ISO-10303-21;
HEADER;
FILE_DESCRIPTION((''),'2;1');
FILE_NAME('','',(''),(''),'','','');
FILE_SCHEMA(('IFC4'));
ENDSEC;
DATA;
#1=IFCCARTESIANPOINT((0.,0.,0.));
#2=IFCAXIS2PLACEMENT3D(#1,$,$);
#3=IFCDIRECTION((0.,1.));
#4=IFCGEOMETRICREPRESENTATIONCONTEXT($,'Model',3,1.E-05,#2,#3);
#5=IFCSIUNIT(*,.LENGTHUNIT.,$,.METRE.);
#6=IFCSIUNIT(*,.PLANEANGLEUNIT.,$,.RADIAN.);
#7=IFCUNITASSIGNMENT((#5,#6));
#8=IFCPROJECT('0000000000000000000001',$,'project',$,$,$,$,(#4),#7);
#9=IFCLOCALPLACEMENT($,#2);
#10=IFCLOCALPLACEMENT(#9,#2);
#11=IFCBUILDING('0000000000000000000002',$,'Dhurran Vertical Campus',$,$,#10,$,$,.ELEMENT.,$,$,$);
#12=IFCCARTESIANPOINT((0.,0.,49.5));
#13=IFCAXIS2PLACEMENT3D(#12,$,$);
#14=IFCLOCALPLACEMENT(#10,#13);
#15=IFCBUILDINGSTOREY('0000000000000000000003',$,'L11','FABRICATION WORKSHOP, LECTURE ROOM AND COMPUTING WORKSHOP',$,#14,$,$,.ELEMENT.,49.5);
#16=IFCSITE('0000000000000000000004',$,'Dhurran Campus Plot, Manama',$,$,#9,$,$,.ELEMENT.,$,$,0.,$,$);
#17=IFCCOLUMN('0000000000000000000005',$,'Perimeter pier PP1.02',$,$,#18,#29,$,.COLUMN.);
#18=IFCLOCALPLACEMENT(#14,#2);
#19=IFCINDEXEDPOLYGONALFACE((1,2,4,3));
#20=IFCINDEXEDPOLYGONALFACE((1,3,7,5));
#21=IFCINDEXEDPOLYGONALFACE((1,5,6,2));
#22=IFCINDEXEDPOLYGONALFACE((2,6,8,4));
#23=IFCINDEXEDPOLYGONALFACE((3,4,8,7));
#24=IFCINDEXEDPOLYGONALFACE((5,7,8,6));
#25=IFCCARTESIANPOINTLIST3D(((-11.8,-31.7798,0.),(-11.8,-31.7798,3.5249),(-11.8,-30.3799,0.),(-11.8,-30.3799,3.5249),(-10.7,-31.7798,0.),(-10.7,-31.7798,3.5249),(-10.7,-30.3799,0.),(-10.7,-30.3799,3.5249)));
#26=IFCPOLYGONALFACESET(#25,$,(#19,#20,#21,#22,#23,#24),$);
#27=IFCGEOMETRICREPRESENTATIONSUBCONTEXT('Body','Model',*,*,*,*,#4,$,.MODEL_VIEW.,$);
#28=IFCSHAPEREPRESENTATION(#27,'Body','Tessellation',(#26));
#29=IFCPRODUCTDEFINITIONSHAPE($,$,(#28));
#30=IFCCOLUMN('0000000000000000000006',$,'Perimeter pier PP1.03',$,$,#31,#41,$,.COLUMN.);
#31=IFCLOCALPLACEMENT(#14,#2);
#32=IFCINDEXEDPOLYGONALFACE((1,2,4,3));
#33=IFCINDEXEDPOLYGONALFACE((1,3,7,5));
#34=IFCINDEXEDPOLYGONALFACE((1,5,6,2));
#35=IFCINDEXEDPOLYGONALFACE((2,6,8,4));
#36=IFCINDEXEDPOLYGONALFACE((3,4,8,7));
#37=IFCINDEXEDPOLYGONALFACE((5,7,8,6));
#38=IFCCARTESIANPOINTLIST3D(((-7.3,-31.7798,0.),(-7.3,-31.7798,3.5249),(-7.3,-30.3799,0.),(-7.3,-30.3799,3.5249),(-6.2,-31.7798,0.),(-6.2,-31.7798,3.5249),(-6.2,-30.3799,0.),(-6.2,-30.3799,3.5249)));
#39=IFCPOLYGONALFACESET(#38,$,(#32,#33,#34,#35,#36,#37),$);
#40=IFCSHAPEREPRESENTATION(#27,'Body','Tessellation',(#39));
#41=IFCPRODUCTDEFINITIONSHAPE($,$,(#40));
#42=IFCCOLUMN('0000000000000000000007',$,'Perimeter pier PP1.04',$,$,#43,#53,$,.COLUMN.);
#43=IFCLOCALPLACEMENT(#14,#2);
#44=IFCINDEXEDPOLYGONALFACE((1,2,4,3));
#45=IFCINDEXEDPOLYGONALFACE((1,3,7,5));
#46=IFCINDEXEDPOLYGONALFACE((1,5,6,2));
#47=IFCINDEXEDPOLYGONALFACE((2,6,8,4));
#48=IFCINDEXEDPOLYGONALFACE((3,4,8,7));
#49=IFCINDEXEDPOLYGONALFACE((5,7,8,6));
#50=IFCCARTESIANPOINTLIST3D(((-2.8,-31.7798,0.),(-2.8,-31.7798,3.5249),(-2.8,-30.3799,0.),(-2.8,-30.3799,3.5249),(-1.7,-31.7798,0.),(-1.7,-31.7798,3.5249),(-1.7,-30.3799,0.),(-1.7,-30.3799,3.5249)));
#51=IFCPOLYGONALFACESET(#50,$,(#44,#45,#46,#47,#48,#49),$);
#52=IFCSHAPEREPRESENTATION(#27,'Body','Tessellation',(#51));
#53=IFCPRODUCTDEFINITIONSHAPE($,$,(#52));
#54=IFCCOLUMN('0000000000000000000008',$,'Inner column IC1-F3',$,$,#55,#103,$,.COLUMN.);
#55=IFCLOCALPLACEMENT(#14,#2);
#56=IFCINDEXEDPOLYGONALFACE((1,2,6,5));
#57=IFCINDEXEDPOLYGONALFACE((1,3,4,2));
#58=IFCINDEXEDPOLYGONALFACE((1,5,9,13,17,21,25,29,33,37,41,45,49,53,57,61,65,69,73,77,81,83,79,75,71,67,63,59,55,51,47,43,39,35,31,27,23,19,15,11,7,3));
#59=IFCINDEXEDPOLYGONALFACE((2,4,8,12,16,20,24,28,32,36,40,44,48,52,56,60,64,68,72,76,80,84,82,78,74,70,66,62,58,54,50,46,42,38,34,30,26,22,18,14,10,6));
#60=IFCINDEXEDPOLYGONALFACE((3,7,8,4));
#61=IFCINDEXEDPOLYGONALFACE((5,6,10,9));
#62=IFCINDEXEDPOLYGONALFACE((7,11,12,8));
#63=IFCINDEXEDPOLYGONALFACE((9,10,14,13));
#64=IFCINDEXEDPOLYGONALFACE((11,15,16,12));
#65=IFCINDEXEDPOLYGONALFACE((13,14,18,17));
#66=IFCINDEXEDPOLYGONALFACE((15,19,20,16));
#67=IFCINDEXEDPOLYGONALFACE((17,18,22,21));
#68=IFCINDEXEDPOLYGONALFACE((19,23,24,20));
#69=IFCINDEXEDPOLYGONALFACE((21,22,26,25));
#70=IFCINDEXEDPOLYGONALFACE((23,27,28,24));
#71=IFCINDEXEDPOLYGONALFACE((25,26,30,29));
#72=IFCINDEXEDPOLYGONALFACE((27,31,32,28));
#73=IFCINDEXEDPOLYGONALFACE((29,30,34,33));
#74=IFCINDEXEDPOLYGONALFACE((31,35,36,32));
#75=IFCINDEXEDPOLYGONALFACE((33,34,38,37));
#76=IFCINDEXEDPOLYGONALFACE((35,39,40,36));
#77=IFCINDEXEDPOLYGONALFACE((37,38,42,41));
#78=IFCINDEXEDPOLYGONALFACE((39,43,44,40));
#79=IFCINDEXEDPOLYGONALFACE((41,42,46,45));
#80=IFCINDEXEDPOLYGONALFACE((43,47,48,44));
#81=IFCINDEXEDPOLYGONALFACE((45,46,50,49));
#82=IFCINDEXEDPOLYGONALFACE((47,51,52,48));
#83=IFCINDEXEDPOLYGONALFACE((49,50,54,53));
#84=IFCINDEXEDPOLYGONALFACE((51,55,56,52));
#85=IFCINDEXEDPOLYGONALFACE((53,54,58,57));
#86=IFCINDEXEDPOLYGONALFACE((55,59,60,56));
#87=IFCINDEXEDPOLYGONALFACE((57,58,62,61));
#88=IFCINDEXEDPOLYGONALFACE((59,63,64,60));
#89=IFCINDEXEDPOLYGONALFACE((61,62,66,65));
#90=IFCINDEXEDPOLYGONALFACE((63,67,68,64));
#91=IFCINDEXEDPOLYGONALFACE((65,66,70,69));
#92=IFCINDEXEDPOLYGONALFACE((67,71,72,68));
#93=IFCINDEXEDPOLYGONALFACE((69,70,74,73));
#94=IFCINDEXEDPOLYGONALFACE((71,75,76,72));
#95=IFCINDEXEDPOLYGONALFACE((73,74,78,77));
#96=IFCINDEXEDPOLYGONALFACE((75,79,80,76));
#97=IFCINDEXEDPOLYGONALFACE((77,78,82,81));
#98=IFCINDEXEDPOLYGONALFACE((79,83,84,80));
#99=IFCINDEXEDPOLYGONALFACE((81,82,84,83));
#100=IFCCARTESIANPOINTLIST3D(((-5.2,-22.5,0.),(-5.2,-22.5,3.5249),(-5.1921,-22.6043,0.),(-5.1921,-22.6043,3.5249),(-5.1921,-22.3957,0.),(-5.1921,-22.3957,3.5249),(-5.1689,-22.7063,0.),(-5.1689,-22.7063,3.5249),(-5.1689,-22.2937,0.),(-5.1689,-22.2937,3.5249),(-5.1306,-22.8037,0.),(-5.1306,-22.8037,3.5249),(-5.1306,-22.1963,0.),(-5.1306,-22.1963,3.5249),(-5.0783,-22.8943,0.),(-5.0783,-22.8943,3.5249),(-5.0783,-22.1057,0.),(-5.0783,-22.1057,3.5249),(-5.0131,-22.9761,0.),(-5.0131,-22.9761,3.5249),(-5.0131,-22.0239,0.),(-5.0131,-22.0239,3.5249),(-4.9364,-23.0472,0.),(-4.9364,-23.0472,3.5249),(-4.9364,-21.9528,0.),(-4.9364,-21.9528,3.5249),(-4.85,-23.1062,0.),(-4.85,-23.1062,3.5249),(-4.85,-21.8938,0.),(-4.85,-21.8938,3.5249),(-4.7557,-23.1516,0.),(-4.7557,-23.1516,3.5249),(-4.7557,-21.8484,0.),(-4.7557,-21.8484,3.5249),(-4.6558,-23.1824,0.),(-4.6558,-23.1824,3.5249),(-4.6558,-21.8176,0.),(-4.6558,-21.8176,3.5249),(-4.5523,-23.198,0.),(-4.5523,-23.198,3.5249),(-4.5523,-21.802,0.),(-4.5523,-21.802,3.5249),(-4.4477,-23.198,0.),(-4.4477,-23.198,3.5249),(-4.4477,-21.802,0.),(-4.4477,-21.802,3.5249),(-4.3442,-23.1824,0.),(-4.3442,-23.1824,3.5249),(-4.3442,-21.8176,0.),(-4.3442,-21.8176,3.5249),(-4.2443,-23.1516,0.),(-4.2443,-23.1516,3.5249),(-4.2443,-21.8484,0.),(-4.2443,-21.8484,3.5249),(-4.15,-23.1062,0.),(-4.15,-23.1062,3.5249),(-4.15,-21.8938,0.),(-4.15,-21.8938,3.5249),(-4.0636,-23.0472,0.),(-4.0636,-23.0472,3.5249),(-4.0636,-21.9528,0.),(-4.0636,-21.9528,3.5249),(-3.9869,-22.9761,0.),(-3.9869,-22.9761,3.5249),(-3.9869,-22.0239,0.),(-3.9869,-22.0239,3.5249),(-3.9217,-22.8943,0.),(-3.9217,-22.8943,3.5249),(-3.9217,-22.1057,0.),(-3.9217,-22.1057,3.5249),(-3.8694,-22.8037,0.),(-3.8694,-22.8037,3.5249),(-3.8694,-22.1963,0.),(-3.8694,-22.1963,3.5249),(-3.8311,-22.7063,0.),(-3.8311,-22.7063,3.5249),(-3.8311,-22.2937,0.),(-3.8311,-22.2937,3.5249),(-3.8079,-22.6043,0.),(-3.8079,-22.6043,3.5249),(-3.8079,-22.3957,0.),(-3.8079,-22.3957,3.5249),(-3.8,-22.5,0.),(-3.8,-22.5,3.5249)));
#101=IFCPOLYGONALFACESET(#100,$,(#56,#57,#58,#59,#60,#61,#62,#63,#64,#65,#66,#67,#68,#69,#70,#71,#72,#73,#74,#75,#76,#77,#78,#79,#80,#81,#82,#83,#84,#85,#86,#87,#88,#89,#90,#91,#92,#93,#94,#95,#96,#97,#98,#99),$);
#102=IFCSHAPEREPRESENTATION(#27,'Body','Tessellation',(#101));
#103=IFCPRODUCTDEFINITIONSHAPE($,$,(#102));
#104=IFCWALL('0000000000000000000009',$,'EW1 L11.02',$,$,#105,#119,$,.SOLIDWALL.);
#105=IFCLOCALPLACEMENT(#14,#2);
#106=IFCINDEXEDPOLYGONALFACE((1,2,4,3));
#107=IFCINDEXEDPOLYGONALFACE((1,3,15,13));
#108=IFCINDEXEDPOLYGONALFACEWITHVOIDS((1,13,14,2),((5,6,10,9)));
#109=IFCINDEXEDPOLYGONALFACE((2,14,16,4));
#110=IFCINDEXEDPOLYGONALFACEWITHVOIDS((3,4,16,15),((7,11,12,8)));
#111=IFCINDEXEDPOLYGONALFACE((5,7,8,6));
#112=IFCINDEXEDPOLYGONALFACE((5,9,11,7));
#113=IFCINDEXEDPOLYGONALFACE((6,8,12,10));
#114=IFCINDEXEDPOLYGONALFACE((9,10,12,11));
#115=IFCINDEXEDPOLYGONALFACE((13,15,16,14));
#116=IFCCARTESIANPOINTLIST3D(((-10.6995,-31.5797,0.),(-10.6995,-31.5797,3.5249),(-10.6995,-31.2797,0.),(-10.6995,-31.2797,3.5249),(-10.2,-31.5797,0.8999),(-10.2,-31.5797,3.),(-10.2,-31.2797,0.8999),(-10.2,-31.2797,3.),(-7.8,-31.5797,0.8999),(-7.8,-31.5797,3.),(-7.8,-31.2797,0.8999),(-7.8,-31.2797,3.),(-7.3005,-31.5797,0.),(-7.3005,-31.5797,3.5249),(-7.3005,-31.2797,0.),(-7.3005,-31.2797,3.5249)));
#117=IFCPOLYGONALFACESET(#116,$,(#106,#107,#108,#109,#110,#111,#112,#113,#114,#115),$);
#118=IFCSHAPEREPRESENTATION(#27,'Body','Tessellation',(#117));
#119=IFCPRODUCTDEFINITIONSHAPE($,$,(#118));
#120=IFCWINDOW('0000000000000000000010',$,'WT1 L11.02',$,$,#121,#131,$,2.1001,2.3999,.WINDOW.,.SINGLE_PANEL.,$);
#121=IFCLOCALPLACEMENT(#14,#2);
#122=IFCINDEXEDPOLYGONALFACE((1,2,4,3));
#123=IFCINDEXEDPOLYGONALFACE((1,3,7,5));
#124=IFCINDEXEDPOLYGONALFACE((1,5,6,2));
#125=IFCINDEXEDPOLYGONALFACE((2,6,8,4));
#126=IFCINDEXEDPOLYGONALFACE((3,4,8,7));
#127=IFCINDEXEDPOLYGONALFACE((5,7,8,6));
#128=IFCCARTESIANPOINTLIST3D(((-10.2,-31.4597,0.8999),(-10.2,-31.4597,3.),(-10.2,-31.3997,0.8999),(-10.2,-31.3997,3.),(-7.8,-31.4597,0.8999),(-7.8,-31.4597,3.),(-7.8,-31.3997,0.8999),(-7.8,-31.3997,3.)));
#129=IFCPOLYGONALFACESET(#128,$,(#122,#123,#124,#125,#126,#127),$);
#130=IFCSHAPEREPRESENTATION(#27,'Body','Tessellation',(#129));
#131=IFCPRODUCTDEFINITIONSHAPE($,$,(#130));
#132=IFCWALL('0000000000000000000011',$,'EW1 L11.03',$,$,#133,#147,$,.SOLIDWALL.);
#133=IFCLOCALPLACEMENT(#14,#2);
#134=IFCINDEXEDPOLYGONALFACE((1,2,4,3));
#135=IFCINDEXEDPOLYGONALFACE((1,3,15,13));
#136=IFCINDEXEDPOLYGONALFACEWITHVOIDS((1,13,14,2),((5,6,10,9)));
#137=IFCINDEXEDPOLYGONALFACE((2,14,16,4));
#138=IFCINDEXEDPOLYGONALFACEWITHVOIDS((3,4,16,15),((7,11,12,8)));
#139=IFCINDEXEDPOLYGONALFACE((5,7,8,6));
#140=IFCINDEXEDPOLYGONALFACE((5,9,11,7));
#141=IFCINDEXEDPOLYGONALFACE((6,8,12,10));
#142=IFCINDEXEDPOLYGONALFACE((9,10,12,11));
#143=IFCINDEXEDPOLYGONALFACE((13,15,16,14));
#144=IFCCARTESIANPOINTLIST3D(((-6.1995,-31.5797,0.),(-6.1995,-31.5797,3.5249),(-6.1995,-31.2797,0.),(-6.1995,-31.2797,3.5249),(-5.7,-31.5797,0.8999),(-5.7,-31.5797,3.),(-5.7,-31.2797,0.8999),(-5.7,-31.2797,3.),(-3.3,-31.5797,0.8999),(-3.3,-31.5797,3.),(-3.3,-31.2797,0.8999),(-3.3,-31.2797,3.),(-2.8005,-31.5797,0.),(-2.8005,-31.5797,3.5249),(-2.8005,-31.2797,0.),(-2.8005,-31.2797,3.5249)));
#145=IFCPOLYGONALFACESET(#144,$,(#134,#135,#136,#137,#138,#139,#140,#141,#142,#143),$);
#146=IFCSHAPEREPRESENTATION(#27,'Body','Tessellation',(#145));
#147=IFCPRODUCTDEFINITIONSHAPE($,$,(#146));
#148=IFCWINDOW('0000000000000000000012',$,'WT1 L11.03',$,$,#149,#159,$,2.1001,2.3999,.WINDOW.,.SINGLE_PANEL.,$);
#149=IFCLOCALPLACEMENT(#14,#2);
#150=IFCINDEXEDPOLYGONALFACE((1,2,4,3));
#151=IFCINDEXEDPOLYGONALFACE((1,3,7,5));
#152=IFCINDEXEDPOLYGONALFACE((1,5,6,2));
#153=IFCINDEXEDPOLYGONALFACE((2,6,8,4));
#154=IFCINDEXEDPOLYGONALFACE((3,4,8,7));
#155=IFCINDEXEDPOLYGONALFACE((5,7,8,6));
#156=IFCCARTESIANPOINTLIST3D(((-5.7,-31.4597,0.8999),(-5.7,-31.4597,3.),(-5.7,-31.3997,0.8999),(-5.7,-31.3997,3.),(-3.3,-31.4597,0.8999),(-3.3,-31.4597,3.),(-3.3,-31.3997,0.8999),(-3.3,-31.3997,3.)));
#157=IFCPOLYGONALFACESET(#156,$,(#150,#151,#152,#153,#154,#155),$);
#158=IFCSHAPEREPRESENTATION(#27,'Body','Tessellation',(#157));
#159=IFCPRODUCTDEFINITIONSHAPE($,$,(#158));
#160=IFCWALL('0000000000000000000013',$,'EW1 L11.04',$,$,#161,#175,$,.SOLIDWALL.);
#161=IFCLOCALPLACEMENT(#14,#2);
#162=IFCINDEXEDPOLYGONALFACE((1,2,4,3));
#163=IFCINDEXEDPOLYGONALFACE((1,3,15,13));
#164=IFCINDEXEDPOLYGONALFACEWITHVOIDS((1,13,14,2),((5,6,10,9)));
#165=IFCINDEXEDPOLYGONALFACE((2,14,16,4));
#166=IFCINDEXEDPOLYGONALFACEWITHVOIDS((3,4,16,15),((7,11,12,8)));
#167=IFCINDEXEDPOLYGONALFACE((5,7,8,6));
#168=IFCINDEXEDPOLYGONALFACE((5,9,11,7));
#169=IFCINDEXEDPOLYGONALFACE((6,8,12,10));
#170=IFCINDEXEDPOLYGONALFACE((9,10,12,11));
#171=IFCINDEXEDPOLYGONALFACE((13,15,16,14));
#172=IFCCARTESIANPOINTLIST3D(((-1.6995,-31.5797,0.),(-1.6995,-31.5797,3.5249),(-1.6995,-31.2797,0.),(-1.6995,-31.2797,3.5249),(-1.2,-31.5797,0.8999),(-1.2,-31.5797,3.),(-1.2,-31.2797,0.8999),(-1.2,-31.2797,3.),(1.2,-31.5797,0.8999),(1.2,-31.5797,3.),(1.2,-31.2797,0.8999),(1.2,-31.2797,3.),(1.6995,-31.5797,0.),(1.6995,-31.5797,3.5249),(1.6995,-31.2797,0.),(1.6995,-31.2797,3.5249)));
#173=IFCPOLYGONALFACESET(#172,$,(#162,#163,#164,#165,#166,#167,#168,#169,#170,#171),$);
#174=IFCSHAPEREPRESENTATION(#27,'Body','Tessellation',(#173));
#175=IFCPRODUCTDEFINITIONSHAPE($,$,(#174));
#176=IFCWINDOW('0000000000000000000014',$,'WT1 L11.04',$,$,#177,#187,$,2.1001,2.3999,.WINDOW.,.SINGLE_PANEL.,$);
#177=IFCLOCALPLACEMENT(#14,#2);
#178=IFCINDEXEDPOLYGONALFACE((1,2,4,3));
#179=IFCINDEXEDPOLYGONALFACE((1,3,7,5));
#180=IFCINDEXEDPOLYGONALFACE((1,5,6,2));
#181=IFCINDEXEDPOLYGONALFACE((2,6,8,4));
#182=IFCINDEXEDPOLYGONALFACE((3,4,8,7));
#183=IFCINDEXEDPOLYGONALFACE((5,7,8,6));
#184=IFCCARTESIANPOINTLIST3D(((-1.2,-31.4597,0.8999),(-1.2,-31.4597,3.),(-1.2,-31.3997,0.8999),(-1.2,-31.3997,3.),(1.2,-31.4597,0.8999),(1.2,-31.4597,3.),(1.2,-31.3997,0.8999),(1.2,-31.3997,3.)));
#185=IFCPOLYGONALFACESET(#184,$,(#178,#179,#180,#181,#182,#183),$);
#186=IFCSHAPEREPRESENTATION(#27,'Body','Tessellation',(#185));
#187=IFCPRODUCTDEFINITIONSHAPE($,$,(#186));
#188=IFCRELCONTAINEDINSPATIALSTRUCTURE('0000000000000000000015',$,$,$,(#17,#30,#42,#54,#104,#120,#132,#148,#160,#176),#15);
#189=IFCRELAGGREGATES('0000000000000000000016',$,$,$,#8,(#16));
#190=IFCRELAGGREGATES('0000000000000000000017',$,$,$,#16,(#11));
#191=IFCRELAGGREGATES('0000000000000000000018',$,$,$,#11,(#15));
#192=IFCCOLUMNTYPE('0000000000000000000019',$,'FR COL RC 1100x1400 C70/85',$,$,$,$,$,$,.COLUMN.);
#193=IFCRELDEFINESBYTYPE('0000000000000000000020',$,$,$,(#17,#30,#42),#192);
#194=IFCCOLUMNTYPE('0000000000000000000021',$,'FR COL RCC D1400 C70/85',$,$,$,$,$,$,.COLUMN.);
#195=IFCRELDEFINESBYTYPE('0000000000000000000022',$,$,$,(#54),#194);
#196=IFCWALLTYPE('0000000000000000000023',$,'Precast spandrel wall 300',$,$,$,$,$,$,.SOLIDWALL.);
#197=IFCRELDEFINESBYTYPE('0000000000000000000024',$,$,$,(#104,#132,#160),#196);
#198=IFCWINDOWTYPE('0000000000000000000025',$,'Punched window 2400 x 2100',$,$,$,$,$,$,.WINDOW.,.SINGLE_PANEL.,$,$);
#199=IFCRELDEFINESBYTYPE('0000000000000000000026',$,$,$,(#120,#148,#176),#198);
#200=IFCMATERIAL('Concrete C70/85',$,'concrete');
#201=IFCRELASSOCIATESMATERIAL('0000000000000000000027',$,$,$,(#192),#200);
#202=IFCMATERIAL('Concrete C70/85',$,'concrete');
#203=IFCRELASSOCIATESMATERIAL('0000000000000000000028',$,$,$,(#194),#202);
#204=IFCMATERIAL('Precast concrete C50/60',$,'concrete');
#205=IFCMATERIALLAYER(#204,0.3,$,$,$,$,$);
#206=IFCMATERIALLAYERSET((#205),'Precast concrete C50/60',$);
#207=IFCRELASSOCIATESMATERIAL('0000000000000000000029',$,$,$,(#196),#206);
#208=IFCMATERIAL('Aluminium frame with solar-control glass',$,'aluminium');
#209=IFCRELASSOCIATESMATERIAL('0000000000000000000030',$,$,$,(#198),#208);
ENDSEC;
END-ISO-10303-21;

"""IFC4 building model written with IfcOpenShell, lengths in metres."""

from ifc_helpers import new_model, si_unit, direction, frame, frame_2d, origin, origin_2d, place, context, subcontext, project, spatial, rectangle, circle, extrude, material, layer, layer_set, material_profile, profile_set, type_object, element, fill, save


model = new_model("IFC4")

# Units and contexts
model_context = context("Model", 3, precision=1e-05, world=origin(), true_north=direction((0.0, 1.0)))
body_context = subcontext(model_context, "Body", "Model", "MODEL_VIEW")
ifc_project = project(units=[si_unit("LENGTHUNIT", "METRE"), si_unit("PLANEANGLEUNIT", "RADIAN")], contexts=[model_context])

# Site, building, storey
site_placement = place(None, origin())
site = spatial("IfcSite", under=ifc_project, at=site_placement, Name="Dhurran Campus Plot, Manama", CompositionType="ELEMENT", RefElevation=0.0)
building_placement = place(site_placement, origin())
building = spatial("IfcBuilding", under=site, at=building_placement, Name="Dhurran Vertical Campus", CompositionType="ELEMENT")
storey_placement = place(building_placement, frame((0.0, 0.0, 49.5)))
storey = spatial("IfcBuildingStorey", under=building, at=storey_placement, Name="L11", Description="FABRICATION WORKSHOP, LECTURE ROOM AND COMPUTING WORKSHOP", CompositionType="ELEMENT", Elevation=49.5)

# Columns
ifc_material_1 = material(Name="Concrete C70/85", Category="concrete")
ifc_material_profile_1 = material_profile(ifc_material_1, rectangle(XDim=1.1001, YDim=1.3999, at=origin_2d()), Name="RC 1100x1400")
ifc_profile_set_1 = profile_set([ifc_material_profile_1], Name="Concrete C70/85")
column_type_1 = type_object("IfcColumnType", Name="FR COL RC 1100x1400 C70/85", PredefinedType="COLUMN", material=ifc_profile_set_1)
for number, where, z_axis, x_axis, name in (
    (1, (-11.25, -31.0798, 0.0), (0.0, 0.0, 1.0), (1.0, 0.0, 0.0), "Perimeter pier PP1.02"),
    (2, (-6.75, -31.0798, 0.0), (0.0, 0.0, 1.0), (1.0, 0.0, 0.0), "Perimeter pier PP1.03"),
    (3, (-2.25, -31.0798, 0.0), (0.0, 0.0, 1.0), (1.0, 0.0, 0.0), "Perimeter pier PP1.04"),
):
    element("IfcColumn", number, at=place(storey_placement, frame(where, z_axis=z_axis, x_axis=x_axis)), inside=storey, type_object=column_type_1, Name=name, PredefinedType="COLUMN", context=body_context, shape_type="SweptSolid", body=[
        extrude(rectangle(XDim=1.1001, YDim=1.3999, at=origin_2d()), origin(), (0.0, 0.0, 1.0), 3.5249),
    ])
ifc_material_2 = material(Name="Concrete C70/85", Category="concrete")
ifc_material_profile_2 = material_profile(ifc_material_2, circle(Radius=0.7, at=origin_2d()), Name="RCC D1400")
ifc_profile_set_2 = profile_set([ifc_material_profile_2], Name="Concrete C70/85")
column_type_2 = type_object("IfcColumnType", Name="FR COL RCC D1400 C70/85", PredefinedType="COLUMN", material=ifc_profile_set_2)
column_placement = place(storey_placement, frame((-4.5, -22.5, 0.0), z_axis=(0.0, 0.0, 1.0), x_axis=(1.0, 0.0, 0.0)))
element("IfcColumn", 4, at=column_placement, inside=storey, type_object=column_type_2, Name="Inner column IC1-F3", PredefinedType="COLUMN", context=body_context, shape_type="SweptSolid", body=[
    extrude(circle(Radius=0.7, at=origin_2d()), origin(), (0.0, 0.0, 1.0), 3.5249),
])

# Walls, openings, windows
ifc_material_3 = material(Name="Precast concrete C50/60", Category="concrete")
ifc_layer_1 = layer(ifc_material_3, 0.3)
ifc_layer_set_1 = layer_set([ifc_layer_1], Name="Precast concrete C50/60")
wall_type_1 = type_object("IfcWallType", Name="Precast spandrel wall 300", PredefinedType="SOLIDWALL", material=ifc_layer_set_1)
wall_1_placement = place(storey_placement, frame((-10.6995, -31.4297, 0.0), z_axis=(0.0, 0.0, 1.0), x_axis=(1.0, 0.0, 0.0)))
wall_1 = element("IfcWall", 5, at=wall_1_placement, inside=storey, type_object=wall_type_1, Name="EW1 L11.02", PredefinedType="SOLIDWALL", context=body_context, shape_type="SweptSolid", body=[
    extrude(rectangle(XDim=3.3989, YDim=0.3, at=frame_2d((1.6995, 0.0))), origin(), (0.0, 0.0, 1.0), 3.5249),
])
opening_1_placement = place(wall_1_placement, frame((0.4995, 0.0, 0.8999)))
opening_1 = element("IfcOpeningElement", 6, at=opening_1_placement, cuts=wall_1, PredefinedType="OPENING", context=body_context, shape_type="SweptSolid", body=[
    extrude(rectangle(XDim=2.3999, YDim=2.1001, at=frame_2d((1.2, 1.05))), frame((0.0, 0.1599, 0.0), z_axis=(0.0, -1.0, 0.0), x_axis=(1.0, 0.0, 0.0)), (0.0, 0.0, 1.0), 0.3201),
])
ifc_material_4 = material(Name="Aluminium frame with solar-control glass", Category="aluminium")
window_type = type_object("IfcWindowType", Name="Punched window 2400 x 2100", PartitioningType="SINGLE_PANEL", PredefinedType="WINDOW", material=ifc_material_4)
window_1_placement = place(opening_1_placement, origin())
window_1 = element("IfcWindow", 7, at=window_1_placement, inside=storey, type_object=window_type, Name="WT1 L11.02", OverallHeight=2.1001, OverallWidth=2.3999, PartitioningType="SINGLE_PANEL", PredefinedType="WINDOW", context=body_context, shape_type="SweptSolid", body=[
    extrude(rectangle(XDim=2.3999, YDim=2.1001, at=frame_2d((1.2, 1.05))), frame((0.0, 0.03, 0.0), z_axis=(0.0, -1.0, 0.0), x_axis=(1.0, 0.0, 0.0)), (0.0, 0.0, 1.0), 0.0601),
])
fill(opening_1, window_1)
wall_2_placement = place(storey_placement, frame((-6.1995, -31.4297, 0.0), z_axis=(0.0, 0.0, 1.0), x_axis=(1.0, 0.0, 0.0)))
wall_2 = element("IfcWall", 8, at=wall_2_placement, inside=storey, type_object=wall_type_1, Name="EW1 L11.03", PredefinedType="SOLIDWALL", context=body_context, shape_type="SweptSolid", body=[
    extrude(rectangle(XDim=3.3989, YDim=0.3, at=frame_2d((1.6995, 0.0))), origin(), (0.0, 0.0, 1.0), 3.5249),
])
opening_2_placement = place(wall_2_placement, frame((0.4995, 0.0, 0.8999)))
opening_2 = element("IfcOpeningElement", 9, at=opening_2_placement, cuts=wall_2, PredefinedType="OPENING", context=body_context, shape_type="SweptSolid", body=[
    extrude(rectangle(XDim=2.3999, YDim=2.1001, at=frame_2d((1.2, 1.05))), frame((0.0, 0.1599, 0.0), z_axis=(0.0, -1.0, 0.0), x_axis=(1.0, 0.0, 0.0)), (0.0, 0.0, 1.0), 0.3201),
])
window_2_placement = place(opening_2_placement, origin())
window_2 = element("IfcWindow", 10, at=window_2_placement, inside=storey, type_object=window_type, Name="WT1 L11.03", OverallHeight=2.1001, OverallWidth=2.3999, PartitioningType="SINGLE_PANEL", PredefinedType="WINDOW", context=body_context, shape_type="SweptSolid", body=[
    extrude(rectangle(XDim=2.3999, YDim=2.1001, at=frame_2d((1.2, 1.05))), frame((0.0, 0.03, 0.0), z_axis=(0.0, -1.0, 0.0), x_axis=(1.0, 0.0, 0.0)), (0.0, 0.0, 1.0), 0.0601),
])
fill(opening_2, window_2)
wall_3_placement = place(storey_placement, frame((-1.6995, -31.4297, 0.0), z_axis=(0.0, 0.0, 1.0), x_axis=(1.0, 0.0, 0.0)))
wall_3 = element("IfcWall", 11, at=wall_3_placement, inside=storey, type_object=wall_type_1, Name="EW1 L11.04", PredefinedType="SOLIDWALL", context=body_context, shape_type="SweptSolid", body=[
    extrude(rectangle(XDim=3.3989, YDim=0.3, at=frame_2d((1.6995, 0.0))), origin(), (0.0, 0.0, 1.0), 3.5249),
])
opening_3_placement = place(wall_3_placement, frame((0.4995, 0.0, 0.8999)))
opening_3 = element("IfcOpeningElement", 12, at=opening_3_placement, cuts=wall_3, PredefinedType="OPENING", context=body_context, shape_type="SweptSolid", body=[
    extrude(rectangle(XDim=2.3999, YDim=2.1001, at=frame_2d((1.2, 1.05))), frame((0.0, 0.1599, 0.0), z_axis=(0.0, -1.0, 0.0), x_axis=(1.0, 0.0, 0.0)), (0.0, 0.0, 1.0), 0.3201),
])
window_3_placement = place(opening_3_placement, origin())
window_3 = element("IfcWindow", 13, at=window_3_placement, inside=storey, type_object=window_type, Name="WT1 L11.04", OverallHeight=2.1001, OverallWidth=2.3999, PartitioningType="SINGLE_PANEL", PredefinedType="WINDOW", context=body_context, shape_type="SweptSolid", body=[
    extrude(rectangle(XDim=2.3999, YDim=2.1001, at=frame_2d((1.2, 1.05))), frame((0.0, 0.03, 0.0), z_axis=(0.0, -1.0, 0.0), x_axis=(1.0, 0.0, 0.0)), (0.0, 0.0, 1.0), 0.0601),
])
fill(opening_3, window_3)

save(model, "model.ifc")
